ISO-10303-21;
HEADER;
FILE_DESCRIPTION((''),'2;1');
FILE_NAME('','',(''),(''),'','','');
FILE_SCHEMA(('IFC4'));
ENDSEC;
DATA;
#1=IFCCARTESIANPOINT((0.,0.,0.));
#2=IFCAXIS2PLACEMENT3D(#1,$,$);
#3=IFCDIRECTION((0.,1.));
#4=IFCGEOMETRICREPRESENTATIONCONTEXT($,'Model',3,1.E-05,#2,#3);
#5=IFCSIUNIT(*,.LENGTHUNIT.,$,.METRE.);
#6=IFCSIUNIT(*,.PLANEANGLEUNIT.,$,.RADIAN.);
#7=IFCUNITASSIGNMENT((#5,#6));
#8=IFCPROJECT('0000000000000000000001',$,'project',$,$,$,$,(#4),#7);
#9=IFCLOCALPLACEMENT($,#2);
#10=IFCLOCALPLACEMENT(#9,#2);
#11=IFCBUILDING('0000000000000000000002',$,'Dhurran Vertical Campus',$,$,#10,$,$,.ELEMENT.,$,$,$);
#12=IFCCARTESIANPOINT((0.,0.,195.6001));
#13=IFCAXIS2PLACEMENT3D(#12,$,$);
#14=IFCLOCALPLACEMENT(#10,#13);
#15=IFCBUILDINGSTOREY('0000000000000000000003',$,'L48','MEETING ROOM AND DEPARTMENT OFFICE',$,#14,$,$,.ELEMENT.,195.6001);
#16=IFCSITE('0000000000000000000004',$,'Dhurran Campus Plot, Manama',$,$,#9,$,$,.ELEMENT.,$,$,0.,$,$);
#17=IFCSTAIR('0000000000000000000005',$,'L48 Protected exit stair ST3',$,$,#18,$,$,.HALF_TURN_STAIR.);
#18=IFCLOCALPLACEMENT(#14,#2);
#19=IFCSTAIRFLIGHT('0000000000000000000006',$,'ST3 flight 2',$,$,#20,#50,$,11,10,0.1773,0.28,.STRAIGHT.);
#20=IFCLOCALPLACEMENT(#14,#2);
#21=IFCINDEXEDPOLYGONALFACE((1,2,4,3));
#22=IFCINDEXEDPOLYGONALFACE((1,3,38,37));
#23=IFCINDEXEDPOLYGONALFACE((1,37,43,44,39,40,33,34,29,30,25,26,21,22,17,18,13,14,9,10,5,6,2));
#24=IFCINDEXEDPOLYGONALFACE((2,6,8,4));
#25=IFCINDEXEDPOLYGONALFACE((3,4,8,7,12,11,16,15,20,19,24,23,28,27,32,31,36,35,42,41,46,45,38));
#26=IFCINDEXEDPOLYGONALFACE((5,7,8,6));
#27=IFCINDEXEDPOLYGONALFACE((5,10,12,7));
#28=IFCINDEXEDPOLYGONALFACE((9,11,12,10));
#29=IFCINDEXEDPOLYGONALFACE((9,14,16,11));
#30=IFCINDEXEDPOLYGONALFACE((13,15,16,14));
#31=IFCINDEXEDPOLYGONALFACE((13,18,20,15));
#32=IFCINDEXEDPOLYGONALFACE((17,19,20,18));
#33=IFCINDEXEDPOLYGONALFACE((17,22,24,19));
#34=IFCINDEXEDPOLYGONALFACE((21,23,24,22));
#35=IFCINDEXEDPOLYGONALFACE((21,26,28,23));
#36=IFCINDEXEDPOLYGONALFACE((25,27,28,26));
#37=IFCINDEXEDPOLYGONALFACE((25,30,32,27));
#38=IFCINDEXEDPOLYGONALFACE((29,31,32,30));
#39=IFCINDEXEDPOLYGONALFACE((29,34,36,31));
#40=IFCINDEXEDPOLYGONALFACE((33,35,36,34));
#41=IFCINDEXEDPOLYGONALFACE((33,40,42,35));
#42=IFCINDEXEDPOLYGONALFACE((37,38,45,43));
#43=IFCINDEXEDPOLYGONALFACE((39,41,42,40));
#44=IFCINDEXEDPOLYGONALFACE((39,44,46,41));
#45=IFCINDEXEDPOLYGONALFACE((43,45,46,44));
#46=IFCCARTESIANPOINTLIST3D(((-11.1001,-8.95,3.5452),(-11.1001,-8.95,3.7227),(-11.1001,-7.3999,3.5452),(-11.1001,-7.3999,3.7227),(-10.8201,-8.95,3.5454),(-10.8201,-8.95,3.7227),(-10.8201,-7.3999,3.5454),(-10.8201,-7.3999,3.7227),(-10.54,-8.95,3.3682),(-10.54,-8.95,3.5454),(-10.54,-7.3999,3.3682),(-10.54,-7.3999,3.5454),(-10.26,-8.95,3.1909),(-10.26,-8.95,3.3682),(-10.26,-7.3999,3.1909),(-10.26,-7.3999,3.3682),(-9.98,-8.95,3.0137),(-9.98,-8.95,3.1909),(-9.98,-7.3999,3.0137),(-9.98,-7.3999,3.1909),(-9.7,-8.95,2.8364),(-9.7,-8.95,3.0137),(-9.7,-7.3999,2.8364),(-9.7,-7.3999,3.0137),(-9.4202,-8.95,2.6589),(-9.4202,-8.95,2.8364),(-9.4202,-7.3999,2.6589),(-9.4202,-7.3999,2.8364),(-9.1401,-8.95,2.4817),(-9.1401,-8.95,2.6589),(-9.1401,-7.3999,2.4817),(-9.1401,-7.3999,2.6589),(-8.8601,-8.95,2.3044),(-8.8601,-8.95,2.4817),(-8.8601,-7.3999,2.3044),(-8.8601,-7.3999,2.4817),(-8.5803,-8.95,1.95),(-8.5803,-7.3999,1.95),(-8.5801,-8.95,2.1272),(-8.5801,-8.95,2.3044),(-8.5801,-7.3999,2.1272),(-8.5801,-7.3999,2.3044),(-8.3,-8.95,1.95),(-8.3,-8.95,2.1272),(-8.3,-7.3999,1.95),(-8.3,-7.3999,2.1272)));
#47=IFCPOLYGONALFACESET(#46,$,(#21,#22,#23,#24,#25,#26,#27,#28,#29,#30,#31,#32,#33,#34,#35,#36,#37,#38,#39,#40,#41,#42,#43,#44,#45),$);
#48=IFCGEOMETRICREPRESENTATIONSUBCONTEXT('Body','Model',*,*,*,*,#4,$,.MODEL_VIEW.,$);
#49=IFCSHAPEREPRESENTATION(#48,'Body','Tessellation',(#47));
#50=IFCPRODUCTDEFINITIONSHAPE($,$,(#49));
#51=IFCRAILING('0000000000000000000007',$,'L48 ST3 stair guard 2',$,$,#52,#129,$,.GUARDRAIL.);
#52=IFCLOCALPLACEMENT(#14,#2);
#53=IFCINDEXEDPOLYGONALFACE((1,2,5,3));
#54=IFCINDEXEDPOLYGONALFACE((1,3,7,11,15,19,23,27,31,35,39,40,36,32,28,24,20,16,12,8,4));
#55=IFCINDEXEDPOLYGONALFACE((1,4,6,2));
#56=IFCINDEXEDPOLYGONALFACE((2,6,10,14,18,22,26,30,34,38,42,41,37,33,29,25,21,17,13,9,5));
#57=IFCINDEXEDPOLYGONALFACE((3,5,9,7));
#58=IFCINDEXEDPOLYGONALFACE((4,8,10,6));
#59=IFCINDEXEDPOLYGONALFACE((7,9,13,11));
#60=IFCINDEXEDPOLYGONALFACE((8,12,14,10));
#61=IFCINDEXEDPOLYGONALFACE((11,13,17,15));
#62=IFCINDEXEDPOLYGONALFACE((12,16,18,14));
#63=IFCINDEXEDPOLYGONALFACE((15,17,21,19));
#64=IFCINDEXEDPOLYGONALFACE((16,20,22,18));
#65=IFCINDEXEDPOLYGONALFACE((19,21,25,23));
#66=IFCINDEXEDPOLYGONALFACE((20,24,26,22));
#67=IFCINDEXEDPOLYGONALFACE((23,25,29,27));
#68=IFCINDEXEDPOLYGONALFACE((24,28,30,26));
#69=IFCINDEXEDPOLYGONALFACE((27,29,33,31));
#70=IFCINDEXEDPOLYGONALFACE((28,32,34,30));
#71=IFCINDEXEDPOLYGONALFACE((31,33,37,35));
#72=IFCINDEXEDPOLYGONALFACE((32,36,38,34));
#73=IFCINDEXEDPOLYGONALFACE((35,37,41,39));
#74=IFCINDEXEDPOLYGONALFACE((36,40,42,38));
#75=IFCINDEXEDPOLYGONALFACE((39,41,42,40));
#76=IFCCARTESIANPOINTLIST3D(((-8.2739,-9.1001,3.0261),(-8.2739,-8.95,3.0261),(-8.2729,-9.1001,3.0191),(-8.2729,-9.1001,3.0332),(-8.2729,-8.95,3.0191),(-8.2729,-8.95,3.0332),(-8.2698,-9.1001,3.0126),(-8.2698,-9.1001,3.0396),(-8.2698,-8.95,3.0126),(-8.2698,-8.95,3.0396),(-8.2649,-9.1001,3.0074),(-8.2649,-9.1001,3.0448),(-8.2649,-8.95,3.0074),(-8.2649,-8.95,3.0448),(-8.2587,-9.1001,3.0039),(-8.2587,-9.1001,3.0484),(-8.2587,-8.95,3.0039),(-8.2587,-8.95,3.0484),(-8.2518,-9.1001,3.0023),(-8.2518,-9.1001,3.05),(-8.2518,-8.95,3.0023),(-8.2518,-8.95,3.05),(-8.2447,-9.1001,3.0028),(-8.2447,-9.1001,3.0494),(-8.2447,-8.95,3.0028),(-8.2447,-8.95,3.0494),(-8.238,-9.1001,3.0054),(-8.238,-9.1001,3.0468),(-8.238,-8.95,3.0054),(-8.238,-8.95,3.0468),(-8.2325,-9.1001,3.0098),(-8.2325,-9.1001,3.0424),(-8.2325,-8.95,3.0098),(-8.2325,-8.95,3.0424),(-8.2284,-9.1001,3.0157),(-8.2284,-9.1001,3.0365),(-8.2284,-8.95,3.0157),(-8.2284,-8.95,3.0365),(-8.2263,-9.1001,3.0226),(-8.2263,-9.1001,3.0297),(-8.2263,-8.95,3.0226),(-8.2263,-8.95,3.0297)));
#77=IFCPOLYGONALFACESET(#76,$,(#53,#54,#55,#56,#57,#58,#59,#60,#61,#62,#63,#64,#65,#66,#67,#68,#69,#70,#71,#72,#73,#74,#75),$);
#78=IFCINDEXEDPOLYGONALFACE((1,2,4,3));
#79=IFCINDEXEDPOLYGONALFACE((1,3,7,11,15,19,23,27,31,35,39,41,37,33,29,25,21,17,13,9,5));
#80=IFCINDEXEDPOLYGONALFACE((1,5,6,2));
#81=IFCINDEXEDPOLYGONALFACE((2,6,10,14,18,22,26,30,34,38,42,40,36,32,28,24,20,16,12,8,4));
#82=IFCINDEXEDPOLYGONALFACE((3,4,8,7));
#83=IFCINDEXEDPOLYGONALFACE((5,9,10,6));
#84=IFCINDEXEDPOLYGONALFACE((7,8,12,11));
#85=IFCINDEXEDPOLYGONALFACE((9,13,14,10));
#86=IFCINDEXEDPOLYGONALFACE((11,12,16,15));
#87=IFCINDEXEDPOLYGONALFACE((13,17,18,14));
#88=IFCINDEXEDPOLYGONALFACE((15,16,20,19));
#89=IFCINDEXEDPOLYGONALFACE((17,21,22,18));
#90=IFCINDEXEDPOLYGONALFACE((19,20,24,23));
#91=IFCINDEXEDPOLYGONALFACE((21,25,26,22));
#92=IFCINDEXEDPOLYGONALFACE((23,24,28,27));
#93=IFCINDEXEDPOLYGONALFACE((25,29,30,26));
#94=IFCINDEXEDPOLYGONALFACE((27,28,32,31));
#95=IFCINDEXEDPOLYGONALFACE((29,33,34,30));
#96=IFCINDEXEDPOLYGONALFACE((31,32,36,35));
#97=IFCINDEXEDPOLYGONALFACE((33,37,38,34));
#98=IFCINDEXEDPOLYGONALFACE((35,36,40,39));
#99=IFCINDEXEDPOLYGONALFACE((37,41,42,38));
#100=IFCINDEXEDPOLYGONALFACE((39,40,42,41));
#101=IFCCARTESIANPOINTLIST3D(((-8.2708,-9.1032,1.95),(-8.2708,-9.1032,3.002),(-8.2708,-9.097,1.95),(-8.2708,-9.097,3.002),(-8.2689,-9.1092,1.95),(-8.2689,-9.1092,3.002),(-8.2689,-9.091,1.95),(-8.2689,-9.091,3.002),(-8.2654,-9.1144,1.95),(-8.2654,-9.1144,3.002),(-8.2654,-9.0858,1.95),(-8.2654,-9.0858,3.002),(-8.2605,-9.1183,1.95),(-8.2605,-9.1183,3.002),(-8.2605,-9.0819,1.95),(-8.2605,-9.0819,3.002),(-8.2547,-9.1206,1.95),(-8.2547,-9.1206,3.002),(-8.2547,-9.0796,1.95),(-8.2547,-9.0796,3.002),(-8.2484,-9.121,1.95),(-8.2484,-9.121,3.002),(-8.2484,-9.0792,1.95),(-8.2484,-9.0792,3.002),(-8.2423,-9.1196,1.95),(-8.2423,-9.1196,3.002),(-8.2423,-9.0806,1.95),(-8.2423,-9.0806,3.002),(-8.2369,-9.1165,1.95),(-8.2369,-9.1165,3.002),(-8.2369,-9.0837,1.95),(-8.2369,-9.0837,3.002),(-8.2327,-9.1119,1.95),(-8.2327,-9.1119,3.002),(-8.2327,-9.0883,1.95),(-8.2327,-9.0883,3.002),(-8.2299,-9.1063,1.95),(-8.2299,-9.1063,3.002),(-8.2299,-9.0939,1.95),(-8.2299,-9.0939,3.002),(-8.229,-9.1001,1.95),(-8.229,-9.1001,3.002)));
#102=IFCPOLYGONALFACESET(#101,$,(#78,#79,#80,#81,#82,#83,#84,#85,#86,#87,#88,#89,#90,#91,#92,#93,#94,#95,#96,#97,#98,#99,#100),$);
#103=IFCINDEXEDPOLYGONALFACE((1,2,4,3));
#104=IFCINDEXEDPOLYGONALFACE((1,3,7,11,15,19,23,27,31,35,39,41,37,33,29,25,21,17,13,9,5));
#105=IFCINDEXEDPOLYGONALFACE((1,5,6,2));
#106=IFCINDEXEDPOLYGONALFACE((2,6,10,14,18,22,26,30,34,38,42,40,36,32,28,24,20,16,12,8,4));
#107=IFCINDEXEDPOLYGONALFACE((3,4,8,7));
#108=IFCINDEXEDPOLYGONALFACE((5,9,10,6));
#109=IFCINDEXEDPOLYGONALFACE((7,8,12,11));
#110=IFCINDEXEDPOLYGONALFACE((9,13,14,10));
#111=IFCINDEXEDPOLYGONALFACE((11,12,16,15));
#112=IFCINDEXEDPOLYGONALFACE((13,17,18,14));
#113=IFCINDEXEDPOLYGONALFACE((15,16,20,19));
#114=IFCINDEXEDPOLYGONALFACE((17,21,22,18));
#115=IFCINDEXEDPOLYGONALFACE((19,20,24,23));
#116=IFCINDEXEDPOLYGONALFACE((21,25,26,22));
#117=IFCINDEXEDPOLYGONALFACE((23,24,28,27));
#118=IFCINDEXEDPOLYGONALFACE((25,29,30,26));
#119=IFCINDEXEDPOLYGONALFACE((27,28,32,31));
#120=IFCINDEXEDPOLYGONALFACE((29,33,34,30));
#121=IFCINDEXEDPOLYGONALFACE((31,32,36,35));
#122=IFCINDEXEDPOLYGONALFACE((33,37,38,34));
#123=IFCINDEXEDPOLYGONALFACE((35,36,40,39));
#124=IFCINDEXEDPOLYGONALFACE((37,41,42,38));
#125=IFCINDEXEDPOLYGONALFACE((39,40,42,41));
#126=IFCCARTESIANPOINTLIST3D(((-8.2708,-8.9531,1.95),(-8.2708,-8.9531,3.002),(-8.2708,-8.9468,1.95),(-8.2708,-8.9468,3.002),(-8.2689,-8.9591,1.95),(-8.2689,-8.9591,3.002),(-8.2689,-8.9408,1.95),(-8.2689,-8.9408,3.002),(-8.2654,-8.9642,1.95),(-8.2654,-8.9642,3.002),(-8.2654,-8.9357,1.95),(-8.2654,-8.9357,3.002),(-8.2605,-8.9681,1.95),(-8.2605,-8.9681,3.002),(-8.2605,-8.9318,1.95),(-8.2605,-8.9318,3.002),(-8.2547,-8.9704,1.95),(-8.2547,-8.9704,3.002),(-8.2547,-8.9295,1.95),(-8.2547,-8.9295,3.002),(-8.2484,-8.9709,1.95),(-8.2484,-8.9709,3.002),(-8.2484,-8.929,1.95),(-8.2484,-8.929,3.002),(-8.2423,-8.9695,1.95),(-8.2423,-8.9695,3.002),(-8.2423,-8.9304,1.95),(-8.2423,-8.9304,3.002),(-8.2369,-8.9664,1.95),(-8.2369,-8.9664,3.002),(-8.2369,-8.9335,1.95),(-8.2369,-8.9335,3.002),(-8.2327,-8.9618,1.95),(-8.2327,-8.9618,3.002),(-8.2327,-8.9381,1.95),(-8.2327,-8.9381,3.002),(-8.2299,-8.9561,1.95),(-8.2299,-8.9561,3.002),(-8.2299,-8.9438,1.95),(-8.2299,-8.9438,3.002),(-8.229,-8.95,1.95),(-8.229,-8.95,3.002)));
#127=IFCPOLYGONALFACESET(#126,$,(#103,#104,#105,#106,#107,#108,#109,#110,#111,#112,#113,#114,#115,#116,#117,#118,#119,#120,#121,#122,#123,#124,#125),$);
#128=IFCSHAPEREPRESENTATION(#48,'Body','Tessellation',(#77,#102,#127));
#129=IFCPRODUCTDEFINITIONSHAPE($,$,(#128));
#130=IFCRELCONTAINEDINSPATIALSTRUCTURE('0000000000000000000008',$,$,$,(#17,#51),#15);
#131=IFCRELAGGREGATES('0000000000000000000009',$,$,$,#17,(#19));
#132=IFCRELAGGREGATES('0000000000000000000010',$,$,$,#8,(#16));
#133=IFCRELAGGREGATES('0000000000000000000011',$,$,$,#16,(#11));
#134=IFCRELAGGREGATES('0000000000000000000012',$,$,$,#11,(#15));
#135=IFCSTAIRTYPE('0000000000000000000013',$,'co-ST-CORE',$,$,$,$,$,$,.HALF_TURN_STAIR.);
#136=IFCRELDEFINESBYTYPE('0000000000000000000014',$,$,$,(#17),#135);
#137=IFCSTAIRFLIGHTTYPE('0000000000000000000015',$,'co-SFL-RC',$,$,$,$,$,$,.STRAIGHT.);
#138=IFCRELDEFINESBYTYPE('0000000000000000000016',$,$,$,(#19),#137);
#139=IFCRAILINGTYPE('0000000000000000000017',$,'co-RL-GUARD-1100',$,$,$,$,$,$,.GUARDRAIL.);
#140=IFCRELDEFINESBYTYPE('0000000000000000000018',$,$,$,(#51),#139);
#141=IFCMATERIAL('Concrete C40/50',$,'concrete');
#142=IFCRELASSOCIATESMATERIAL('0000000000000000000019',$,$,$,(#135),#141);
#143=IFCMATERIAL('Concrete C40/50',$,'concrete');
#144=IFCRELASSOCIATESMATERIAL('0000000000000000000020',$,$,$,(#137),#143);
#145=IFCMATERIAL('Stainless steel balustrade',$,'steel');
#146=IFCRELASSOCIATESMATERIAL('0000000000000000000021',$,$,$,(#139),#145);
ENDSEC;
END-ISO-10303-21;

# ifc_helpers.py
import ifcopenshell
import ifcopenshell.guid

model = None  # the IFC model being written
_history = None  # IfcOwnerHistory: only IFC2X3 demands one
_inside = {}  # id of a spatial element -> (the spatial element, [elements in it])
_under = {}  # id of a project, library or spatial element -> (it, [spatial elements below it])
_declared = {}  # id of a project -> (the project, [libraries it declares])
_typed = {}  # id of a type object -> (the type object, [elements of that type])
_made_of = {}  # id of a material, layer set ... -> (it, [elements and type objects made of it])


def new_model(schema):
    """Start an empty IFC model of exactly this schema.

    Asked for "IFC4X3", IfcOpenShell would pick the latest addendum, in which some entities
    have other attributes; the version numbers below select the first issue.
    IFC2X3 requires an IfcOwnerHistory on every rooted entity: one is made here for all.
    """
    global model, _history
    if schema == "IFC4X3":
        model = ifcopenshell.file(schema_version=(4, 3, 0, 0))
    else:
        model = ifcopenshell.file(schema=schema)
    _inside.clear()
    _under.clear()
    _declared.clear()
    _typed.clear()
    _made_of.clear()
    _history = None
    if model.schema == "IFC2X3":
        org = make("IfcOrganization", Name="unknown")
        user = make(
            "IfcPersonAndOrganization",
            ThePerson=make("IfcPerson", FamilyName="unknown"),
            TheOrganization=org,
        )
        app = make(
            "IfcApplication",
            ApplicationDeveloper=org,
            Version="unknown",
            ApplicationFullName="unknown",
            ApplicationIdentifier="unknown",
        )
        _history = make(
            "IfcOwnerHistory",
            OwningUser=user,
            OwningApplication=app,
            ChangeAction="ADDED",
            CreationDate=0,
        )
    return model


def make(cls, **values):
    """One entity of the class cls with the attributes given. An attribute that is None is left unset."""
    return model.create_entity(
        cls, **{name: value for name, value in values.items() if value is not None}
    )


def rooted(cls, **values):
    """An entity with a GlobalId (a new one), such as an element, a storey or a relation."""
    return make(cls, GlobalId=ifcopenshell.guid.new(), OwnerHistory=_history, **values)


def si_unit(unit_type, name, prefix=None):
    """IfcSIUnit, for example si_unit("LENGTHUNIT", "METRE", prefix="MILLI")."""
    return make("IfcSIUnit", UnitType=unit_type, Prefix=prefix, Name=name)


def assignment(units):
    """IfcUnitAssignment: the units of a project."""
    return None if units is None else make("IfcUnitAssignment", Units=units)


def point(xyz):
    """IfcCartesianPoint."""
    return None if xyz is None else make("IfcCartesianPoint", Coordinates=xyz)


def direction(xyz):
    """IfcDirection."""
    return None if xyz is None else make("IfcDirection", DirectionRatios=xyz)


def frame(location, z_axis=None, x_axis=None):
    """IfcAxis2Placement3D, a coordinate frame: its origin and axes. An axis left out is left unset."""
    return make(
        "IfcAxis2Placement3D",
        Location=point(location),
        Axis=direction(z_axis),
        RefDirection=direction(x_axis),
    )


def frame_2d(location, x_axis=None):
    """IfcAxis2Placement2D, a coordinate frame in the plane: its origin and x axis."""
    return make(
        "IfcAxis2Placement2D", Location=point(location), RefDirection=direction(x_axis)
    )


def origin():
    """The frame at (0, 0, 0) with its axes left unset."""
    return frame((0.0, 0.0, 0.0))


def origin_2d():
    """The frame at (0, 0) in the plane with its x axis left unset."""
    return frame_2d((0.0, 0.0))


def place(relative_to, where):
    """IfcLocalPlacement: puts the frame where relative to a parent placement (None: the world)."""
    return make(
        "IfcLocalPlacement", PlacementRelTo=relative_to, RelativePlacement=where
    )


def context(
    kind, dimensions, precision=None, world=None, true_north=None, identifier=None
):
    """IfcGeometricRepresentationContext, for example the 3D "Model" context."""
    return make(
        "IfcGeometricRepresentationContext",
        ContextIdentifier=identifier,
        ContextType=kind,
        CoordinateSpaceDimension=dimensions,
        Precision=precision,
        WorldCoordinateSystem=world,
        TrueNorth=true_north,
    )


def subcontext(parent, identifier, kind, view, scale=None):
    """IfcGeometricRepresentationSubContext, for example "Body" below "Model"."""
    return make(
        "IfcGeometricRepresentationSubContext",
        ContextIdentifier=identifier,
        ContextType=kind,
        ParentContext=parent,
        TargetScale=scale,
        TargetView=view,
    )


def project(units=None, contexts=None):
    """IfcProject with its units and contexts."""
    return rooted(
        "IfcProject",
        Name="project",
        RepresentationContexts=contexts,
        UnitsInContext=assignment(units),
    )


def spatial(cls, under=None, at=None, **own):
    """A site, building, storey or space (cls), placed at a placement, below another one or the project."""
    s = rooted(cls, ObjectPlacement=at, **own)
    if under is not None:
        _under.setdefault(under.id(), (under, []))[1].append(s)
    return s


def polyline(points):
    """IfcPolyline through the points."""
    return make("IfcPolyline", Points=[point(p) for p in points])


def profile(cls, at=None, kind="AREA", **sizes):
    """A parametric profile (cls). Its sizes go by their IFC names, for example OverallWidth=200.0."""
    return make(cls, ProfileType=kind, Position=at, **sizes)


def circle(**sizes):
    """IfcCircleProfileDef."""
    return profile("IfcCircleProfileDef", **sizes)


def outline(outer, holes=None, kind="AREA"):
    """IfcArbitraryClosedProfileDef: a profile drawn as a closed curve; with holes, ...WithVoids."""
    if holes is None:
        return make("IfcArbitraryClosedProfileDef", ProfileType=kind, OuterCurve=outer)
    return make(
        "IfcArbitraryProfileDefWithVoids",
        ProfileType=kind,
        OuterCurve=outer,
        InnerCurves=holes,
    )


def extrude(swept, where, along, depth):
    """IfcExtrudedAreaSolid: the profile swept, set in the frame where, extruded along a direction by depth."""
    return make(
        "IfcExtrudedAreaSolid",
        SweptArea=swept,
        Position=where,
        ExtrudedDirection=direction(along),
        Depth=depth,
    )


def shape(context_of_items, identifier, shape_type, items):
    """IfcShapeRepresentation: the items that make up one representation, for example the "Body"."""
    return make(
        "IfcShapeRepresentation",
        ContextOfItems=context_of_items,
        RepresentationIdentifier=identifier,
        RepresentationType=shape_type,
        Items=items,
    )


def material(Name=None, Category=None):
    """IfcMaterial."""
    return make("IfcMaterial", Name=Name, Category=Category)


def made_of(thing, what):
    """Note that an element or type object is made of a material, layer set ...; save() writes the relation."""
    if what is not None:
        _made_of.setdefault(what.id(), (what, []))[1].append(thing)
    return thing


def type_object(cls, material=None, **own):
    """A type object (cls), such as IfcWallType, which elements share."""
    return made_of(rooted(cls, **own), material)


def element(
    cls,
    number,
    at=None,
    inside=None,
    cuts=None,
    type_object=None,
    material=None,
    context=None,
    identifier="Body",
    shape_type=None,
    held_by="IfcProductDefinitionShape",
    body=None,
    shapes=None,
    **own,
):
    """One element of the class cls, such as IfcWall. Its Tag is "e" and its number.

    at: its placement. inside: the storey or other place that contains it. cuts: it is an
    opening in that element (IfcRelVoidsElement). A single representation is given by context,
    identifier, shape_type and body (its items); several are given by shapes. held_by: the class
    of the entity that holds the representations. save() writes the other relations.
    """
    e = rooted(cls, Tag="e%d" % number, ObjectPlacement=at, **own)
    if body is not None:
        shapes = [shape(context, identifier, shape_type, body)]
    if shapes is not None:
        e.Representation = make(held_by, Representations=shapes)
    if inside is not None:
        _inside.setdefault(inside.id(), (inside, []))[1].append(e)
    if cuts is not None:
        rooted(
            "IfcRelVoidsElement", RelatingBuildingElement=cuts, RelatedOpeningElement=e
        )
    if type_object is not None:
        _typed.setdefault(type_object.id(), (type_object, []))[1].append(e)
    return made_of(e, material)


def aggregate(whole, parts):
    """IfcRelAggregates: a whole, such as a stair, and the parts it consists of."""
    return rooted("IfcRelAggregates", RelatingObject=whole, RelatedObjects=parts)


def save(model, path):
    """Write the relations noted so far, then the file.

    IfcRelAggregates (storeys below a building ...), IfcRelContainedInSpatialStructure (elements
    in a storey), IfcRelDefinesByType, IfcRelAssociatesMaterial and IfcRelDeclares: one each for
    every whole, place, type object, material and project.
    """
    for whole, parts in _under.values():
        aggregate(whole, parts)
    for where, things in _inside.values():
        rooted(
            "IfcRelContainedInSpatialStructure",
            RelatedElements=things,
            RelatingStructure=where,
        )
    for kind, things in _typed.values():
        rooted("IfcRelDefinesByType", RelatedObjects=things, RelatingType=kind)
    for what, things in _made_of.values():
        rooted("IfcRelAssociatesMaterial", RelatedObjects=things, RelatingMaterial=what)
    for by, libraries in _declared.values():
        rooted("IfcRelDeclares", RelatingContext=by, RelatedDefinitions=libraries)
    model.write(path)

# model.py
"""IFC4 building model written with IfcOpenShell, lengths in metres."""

from ifc_helpers import new_model, si_unit, direction, frame, origin, origin_2d, place, context, subcontext, project, spatial, polyline, circle, outline, extrude, material, type_object, element, aggregate, save


model = new_model("IFC4")

# Units and contexts
model_context = context("Model", 3, precision=1e-05, world=origin(), true_north=direction((0.0, 1.0)))
body_context = subcontext(model_context, "Body", "Model", "MODEL_VIEW")
ifc_project = project(units=[si_unit("LENGTHUNIT", "METRE"), si_unit("PLANEANGLEUNIT", "RADIAN")], contexts=[model_context])

# Site, building, storey
site_placement = place(None, origin())
site = spatial("IfcSite", under=ifc_project, at=site_placement, Name="Dhurran Campus Plot, Manama", CompositionType="ELEMENT", RefElevation=0.0)
building_placement = place(site_placement, origin())
building = spatial("IfcBuilding", under=site, at=building_placement, Name="Dhurran Vertical Campus", CompositionType="ELEMENT")
storey_placement = place(building_placement, frame((0.0, 0.0, 195.6001)))
storey = spatial("IfcBuildingStorey", under=building, at=storey_placement, Name="L48", Description="MEETING ROOM AND DEPARTMENT OFFICE", CompositionType="ELEMENT", Elevation=195.6001)

# Stair, stair flight
ifc_material_1 = material(Name="Concrete C40/50", Category="concrete")
stair_type = type_object("IfcStairType", Name="co-ST-CORE", PredefinedType="HALF_TURN_STAIR", material=ifc_material_1)
stair_placement = place(storey_placement, origin())
stair = element("IfcStair", 1, at=stair_placement, inside=storey, type_object=stair_type, Name="L48 Protected exit stair ST3", PredefinedType="HALF_TURN_STAIR")
ifc_material_2 = material(Name="Concrete C40/50", Category="concrete")
stair_flight_type = type_object("IfcStairFlightType", Name="co-SFL-RC", PredefinedType="STRAIGHT", material=ifc_material_2)
stair_flight_placement = place(storey_placement, frame((-8.3, -8.175, 1.95), z_axis=(0.0, 0.0, 1.0), x_axis=(-1.0, 0.0, 0.0)))
stair_flight = element("IfcStairFlight", 2, at=stair_flight_placement, type_object=stair_flight_type, Name="ST3 flight 2", NumberOfRisers=11, NumberOfTreads=10, PredefinedType="STRAIGHT", RiserHeight=0.1773, TreadLength=0.28, context=body_context, shape_type="SweptSolid", body=[
    extrude(outline(polyline([(0.0, 0.0), (0.0, 0.1772), (0.28, 0.1772), (0.28, 0.3545), (0.5601, 0.3545), (0.5601, 0.5317), (0.8401, 0.5317), (0.8401, 0.709), (1.1201, 0.709), (1.1201, 0.8865), (1.3999, 0.8865), (1.3999, 1.0637), (1.6799, 1.0637), (1.6799, 1.241), (1.96, 1.241), (1.96, 1.4182), (2.24, 1.4182), (2.24, 1.5955), (2.52, 1.5955), (2.52, 1.7727), (2.8, 1.7727), (2.8, 1.95), (2.8, 1.5952), (0.2803, 0.0), (0.0, 0.0)])), frame((0.0, 0.7749, 0.0), z_axis=(0.0, -1.0, 0.0), x_axis=(1.0, 0.0, 0.0)), (0.0, 0.0, 1.0), 1.55),
])
aggregate(stair, [stair_flight])

# Railing
ifc_material_3 = material(Name="Stainless steel balustrade", Category="steel")
railing_type_1 = type_object("IfcRailingType", Name="co-RL-GUARD-1100", PredefinedType="GUARDRAIL", material=ifc_material_3)
railing_1_placement = place(storey_placement, frame((-8.25, -9.1001, 1.95)))
element("IfcRailing", 3, at=railing_1_placement, inside=storey, type_object=railing_type_1, Name="L48 ST3 stair guard 2", PredefinedType="GUARDRAIL", context=body_context, shape_type="SweptSolid", body=[
    extrude(circle(Radius=0.0239, at=origin_2d()), frame((0.0, 0.0, 1.0762), z_axis=(0.0, 1.0, 0.0), x_axis=(-1.0, 0.0, 0.0)), (0.0, 0.0, 1.0), 0.1501),
    extrude(circle(Radius=0.021, at=origin_2d()), origin(), (0.0, 0.0, 1.0), 1.052),
    extrude(circle(Radius=0.021, at=origin_2d()), frame((0.0, 0.1501, 0.0)), (0.0, 0.0, 1.0), 1.052),
])

save(model, "model.ifc")
